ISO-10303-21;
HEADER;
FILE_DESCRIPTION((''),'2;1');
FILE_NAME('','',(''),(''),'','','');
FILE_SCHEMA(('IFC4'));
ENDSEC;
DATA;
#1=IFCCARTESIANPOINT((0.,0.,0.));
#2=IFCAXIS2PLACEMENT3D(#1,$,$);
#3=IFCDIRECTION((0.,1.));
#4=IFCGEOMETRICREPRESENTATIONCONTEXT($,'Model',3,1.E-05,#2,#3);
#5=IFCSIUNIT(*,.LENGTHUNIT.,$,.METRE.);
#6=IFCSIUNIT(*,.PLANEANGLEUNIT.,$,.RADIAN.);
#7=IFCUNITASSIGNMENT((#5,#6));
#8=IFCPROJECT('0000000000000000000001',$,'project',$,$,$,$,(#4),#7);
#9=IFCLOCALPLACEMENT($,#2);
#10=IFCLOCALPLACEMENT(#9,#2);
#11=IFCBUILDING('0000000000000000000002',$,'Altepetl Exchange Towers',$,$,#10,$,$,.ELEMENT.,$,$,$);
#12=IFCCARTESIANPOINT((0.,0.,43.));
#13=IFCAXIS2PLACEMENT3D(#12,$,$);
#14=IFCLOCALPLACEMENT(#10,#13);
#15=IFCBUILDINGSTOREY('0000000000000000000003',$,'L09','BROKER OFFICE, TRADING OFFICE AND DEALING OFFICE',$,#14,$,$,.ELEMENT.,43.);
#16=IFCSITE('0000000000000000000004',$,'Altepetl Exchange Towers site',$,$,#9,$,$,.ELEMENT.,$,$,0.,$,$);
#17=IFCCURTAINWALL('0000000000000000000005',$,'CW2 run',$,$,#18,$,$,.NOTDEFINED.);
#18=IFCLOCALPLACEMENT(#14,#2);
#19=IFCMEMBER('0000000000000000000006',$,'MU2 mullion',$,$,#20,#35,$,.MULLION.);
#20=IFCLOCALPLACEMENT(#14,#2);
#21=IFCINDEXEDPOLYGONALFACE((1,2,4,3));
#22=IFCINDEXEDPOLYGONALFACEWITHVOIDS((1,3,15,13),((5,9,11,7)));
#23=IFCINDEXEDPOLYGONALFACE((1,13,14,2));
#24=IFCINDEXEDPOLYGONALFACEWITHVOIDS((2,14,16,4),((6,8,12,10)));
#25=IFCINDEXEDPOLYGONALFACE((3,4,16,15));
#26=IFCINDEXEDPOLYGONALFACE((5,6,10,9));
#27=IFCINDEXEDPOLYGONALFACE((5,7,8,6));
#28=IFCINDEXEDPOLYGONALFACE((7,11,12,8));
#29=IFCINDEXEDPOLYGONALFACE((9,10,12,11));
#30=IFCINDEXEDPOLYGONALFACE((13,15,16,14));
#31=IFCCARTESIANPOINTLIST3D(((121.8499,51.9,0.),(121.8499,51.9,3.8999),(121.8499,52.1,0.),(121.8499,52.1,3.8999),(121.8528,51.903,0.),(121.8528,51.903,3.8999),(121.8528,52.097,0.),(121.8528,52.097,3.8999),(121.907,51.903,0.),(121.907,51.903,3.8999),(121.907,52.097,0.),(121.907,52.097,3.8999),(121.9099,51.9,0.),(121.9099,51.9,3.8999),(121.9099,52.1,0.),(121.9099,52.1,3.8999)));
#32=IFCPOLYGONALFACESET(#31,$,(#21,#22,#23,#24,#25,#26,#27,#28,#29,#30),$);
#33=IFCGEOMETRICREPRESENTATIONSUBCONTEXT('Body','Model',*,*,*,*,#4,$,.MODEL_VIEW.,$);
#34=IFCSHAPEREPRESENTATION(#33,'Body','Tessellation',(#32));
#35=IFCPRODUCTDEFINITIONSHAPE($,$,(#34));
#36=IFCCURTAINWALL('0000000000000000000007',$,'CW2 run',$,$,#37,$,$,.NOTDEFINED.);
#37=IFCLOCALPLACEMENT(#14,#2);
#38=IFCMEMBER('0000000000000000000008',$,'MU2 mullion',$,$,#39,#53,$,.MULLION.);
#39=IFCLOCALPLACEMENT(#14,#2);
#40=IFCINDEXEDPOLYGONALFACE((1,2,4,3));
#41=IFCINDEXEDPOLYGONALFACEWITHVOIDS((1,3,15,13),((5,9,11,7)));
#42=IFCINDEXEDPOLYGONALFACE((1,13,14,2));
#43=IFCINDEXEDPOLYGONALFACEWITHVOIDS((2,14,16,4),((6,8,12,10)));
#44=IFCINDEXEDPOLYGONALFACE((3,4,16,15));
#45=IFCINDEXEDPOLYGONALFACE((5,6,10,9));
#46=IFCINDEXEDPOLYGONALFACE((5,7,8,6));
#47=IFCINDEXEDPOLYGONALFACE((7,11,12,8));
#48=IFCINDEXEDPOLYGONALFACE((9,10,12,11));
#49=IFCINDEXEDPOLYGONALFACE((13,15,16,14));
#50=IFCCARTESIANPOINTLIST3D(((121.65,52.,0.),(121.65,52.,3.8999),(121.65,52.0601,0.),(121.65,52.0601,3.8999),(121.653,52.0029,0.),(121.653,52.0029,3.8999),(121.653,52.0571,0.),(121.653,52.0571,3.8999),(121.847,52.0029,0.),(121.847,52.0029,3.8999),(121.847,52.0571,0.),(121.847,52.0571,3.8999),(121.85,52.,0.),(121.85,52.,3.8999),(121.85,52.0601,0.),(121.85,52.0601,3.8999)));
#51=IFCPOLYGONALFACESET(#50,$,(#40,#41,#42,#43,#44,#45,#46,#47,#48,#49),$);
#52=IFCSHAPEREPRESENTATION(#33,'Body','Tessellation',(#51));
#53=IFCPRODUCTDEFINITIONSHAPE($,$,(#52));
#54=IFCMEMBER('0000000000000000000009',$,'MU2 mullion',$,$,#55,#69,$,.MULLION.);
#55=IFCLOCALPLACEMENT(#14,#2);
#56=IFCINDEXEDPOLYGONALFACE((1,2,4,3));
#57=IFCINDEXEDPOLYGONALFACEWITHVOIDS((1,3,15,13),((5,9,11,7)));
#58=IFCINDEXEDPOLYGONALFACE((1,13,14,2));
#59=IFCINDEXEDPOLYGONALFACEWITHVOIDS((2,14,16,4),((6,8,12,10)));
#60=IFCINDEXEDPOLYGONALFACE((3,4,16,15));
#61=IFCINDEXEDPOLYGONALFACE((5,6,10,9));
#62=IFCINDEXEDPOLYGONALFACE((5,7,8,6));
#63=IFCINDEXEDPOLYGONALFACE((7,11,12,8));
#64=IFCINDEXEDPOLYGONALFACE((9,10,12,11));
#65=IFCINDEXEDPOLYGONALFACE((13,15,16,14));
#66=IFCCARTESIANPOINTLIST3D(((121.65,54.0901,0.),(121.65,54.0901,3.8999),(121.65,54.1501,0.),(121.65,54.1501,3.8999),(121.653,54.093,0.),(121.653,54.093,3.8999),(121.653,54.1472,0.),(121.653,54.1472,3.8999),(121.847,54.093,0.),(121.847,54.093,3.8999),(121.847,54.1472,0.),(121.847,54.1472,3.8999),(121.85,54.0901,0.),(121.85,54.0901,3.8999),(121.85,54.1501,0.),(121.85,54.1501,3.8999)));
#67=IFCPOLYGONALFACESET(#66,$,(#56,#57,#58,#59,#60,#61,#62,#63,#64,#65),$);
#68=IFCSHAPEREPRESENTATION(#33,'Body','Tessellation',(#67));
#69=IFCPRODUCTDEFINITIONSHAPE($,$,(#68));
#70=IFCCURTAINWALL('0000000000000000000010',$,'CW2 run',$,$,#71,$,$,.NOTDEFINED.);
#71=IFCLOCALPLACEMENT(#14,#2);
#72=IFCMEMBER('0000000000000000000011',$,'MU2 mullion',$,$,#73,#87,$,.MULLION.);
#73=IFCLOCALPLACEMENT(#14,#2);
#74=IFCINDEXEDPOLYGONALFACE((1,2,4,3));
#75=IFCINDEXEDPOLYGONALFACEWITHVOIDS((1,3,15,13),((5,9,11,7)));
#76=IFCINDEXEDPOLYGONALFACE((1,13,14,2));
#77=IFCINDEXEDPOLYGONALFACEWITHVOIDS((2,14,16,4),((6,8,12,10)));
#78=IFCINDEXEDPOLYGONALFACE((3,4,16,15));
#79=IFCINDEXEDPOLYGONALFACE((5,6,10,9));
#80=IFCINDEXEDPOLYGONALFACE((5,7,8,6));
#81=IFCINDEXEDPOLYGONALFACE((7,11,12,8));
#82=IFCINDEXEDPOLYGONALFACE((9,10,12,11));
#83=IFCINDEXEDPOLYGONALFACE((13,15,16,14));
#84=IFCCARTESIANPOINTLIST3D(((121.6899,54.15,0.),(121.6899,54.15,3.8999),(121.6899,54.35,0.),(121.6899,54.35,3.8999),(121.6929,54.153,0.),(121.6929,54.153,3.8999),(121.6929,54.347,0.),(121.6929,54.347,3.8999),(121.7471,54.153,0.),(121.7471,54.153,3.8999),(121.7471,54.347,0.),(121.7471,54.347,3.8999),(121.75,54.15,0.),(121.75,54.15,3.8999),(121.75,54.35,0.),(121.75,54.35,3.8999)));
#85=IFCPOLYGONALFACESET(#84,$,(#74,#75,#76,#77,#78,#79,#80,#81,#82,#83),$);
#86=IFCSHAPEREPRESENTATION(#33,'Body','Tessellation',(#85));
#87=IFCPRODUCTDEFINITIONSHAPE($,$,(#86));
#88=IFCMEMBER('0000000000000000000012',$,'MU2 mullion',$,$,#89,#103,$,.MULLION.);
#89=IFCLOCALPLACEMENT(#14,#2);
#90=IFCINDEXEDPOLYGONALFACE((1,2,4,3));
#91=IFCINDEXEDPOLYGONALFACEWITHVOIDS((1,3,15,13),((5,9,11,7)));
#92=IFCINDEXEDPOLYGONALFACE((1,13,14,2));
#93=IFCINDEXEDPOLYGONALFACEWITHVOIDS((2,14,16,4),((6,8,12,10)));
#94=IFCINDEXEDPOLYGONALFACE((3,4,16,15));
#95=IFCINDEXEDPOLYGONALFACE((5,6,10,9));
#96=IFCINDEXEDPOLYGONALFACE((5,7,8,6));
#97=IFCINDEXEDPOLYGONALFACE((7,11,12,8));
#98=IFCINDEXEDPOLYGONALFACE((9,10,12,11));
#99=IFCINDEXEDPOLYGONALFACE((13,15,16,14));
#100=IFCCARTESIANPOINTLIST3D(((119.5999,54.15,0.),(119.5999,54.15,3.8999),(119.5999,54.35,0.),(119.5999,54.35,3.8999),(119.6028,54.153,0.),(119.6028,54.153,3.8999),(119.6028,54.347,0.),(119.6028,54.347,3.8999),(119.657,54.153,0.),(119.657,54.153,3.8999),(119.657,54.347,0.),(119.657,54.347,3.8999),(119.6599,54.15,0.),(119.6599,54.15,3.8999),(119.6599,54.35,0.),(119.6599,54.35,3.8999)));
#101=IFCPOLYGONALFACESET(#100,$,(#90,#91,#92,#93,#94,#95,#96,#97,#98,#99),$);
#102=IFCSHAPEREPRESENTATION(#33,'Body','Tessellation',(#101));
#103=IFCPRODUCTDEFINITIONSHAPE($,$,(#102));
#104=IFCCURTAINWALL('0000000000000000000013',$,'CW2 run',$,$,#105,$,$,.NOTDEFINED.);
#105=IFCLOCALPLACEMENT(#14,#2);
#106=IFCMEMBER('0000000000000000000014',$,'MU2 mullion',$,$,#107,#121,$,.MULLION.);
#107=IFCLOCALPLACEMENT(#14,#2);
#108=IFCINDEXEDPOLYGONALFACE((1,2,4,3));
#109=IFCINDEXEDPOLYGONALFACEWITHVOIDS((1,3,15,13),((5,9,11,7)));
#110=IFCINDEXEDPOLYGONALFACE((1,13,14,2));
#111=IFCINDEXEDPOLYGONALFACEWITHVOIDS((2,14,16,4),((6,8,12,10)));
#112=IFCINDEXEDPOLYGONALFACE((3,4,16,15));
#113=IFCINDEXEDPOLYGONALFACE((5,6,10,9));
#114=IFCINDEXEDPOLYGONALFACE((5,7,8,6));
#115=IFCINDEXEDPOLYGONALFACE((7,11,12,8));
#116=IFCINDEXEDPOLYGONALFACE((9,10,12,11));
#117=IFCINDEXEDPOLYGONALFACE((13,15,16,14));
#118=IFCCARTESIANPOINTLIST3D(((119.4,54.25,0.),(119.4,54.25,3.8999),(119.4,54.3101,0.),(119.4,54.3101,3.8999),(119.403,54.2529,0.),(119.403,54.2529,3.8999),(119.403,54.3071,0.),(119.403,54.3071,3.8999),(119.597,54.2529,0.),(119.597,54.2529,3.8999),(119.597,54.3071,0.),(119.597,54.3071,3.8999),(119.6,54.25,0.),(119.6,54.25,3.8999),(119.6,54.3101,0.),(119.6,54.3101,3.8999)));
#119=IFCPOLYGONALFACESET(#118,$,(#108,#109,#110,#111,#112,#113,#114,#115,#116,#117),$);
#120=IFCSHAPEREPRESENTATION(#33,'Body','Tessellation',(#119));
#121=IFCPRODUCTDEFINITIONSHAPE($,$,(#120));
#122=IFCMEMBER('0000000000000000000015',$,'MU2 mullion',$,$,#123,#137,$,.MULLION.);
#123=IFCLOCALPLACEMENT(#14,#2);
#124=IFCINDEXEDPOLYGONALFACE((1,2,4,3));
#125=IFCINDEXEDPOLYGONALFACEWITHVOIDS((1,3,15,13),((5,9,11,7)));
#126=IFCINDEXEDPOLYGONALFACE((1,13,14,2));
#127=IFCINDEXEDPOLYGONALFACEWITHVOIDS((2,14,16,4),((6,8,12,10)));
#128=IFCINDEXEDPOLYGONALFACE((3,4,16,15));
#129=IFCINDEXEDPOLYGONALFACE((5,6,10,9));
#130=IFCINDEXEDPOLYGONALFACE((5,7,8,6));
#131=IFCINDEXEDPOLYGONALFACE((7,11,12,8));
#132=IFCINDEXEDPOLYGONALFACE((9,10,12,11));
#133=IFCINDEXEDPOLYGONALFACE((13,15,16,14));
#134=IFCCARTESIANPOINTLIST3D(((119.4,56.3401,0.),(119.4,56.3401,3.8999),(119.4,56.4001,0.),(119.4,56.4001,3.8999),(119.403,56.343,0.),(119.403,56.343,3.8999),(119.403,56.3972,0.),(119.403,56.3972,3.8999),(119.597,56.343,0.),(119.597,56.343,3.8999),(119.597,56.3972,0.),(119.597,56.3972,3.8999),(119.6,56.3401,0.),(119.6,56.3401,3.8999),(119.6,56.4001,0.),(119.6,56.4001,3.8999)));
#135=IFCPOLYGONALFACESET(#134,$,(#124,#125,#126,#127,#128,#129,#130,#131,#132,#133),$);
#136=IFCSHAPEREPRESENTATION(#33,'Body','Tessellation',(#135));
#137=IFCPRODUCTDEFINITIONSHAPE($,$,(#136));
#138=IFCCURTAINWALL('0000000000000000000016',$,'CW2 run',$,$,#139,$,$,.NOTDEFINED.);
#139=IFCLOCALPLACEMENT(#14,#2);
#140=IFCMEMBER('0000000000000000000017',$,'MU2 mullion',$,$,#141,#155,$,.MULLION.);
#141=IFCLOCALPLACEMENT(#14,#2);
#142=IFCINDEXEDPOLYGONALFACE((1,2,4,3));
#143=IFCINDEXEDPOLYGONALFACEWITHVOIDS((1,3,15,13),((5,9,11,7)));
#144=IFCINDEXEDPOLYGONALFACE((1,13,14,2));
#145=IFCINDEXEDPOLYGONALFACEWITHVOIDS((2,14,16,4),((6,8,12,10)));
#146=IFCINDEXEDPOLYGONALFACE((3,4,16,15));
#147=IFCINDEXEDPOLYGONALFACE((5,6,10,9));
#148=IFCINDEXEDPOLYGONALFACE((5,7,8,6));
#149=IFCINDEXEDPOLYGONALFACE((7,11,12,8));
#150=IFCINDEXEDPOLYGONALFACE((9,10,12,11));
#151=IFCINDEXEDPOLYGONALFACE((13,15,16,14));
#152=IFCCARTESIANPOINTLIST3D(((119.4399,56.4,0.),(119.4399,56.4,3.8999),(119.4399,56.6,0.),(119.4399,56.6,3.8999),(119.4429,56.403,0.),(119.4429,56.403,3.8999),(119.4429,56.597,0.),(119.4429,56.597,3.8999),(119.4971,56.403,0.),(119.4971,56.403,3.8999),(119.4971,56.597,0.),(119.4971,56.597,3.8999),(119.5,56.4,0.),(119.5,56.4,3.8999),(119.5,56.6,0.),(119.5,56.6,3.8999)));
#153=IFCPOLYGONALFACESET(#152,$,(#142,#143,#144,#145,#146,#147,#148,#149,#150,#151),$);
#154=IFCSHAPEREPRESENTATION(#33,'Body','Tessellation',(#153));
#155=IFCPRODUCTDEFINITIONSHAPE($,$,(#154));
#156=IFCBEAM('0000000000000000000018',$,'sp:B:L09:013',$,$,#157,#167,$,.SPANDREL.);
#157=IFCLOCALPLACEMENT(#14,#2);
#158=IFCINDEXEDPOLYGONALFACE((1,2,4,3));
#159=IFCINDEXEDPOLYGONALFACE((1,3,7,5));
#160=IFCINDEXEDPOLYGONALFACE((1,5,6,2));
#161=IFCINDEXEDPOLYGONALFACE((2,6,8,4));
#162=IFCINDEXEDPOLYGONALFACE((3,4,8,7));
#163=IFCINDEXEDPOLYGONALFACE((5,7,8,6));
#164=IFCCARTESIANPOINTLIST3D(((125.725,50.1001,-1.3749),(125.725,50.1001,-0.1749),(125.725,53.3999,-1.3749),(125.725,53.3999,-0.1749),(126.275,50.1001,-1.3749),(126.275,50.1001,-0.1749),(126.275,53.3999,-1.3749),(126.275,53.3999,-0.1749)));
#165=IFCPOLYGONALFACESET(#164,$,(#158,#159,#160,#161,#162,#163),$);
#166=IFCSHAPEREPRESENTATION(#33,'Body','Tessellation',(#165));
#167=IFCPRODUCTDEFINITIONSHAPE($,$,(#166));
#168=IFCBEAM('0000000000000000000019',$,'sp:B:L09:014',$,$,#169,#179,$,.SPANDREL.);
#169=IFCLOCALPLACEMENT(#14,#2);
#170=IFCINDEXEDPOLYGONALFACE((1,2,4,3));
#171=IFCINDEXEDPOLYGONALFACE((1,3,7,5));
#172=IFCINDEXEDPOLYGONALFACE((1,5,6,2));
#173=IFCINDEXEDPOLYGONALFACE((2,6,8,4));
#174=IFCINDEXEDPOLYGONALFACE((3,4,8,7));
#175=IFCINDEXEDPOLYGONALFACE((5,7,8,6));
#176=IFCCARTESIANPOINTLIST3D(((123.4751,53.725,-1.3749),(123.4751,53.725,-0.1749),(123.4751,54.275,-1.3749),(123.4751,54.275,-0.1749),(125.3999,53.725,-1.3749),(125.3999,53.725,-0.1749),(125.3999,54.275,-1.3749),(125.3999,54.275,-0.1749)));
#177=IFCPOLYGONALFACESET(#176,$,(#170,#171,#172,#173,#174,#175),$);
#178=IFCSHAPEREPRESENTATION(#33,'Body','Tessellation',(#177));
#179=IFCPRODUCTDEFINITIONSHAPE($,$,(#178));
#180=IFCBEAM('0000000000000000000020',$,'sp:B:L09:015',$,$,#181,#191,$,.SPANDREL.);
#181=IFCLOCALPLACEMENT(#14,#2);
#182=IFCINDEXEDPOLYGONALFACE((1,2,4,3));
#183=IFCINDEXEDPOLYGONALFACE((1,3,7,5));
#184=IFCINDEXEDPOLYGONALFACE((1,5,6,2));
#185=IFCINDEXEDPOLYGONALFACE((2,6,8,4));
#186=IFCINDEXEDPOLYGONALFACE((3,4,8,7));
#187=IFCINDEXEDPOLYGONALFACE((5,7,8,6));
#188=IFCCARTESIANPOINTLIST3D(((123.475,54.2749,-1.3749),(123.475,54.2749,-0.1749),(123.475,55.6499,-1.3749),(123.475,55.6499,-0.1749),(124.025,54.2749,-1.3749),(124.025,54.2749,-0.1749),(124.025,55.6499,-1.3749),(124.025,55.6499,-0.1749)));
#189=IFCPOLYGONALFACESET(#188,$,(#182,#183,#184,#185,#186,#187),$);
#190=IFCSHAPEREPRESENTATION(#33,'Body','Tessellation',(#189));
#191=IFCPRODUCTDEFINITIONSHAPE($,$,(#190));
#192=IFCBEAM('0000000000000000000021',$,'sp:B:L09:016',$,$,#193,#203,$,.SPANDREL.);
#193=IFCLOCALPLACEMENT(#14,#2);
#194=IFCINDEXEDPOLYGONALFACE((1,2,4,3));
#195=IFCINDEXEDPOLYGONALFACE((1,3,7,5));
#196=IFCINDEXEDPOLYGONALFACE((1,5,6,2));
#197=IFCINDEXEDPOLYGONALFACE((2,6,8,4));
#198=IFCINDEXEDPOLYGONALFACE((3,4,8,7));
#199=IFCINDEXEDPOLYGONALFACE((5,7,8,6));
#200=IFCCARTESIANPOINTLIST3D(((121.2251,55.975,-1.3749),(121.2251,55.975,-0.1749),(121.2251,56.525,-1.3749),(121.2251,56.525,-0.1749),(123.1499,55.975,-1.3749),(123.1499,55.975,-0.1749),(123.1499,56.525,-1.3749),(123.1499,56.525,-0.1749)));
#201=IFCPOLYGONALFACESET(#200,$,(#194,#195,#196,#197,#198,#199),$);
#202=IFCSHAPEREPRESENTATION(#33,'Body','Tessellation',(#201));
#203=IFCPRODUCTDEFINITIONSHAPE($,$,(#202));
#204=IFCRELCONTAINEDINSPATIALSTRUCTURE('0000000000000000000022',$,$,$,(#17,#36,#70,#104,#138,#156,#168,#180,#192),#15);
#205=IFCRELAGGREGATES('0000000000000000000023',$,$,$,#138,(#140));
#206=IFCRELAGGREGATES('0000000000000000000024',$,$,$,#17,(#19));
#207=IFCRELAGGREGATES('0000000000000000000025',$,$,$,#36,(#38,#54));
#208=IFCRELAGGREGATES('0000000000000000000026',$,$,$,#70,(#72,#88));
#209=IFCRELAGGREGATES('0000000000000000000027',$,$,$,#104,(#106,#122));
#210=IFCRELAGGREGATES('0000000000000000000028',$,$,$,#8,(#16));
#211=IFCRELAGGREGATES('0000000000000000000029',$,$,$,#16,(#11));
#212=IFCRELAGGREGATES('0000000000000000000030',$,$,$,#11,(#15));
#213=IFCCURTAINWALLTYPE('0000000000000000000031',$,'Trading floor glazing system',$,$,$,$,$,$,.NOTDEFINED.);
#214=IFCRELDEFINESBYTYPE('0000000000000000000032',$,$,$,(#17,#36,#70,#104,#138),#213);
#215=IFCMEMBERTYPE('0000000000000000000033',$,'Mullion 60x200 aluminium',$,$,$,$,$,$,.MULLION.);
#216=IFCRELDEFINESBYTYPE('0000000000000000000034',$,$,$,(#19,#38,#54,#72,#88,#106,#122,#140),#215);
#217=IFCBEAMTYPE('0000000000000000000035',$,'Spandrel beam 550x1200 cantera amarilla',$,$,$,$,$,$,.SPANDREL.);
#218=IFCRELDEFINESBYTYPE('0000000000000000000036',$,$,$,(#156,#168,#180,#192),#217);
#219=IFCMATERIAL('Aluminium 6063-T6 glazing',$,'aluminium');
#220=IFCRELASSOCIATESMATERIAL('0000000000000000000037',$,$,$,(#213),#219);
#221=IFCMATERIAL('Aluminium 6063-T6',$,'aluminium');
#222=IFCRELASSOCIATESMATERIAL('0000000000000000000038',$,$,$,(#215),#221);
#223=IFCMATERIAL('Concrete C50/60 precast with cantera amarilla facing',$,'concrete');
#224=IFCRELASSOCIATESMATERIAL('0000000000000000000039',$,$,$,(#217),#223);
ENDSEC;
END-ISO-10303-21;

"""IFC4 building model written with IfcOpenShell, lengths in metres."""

from ifc_helpers import new_model, si_unit, direction, frame, origin, origin_2d, place, context, subcontext, project, spatial, rectangle, hollow_rectangle, extrude, material, material_profile, profile_set, type_object, element, aggregate, save


model = new_model("IFC4")

# Units and contexts
model_context = context("Model", 3, precision=1e-05, world=origin(), true_north=direction((0.0, 1.0)))
body_context = subcontext(model_context, "Body", "Model", "MODEL_VIEW")
ifc_project = project(units=[si_unit("LENGTHUNIT", "METRE"), si_unit("PLANEANGLEUNIT", "RADIAN")], contexts=[model_context])

# Site, building, storey
site_placement = place(None, origin())
site = spatial("IfcSite", under=ifc_project, at=site_placement, Name="Altepetl Exchange Towers site", CompositionType="ELEMENT", RefElevation=0.0)
building_placement = place(site_placement, origin())
building = spatial("IfcBuilding", under=site, at=building_placement, Name="Altepetl Exchange Towers", CompositionType="ELEMENT")
storey_placement = place(building_placement, frame((0.0, 0.0, 43.0)))
storey = spatial("IfcBuildingStorey", under=building, at=storey_placement, Name="L09", Description="BROKER OFFICE, TRADING OFFICE AND DEALING OFFICE", CompositionType="ELEMENT", Elevation=43.0)

# Curtain walls, members
ifc_material_1 = material(Name="Aluminium 6063-T6 glazing", Category="aluminium")
curtain_wall_type = type_object("IfcCurtainWallType", Name="Trading floor glazing system", PredefinedType="NOTDEFINED", material=ifc_material_1)
ifc_material_2 = material(Name="Aluminium 6063-T6", Category="aluminium")
ifc_material_profile_1 = material_profile(ifc_material_2, hollow_rectangle(XDim=0.0601, YDim=0.2, WallThickness=0.0029, at=origin_2d()), Name="Mullion 60x200 aluminium")
ifc_profile_set_1 = profile_set([ifc_material_profile_1], Name="Aluminium 6063-T6")
member_type = type_object("IfcMemberType", Name="Mullion 60x200 aluminium", PredefinedType="MULLION", material=ifc_profile_set_1)
curtain_wall_1_placement = place(storey_placement, origin())
curtain_wall_1 = element("IfcCurtainWall", 1, at=curtain_wall_1_placement, inside=storey, type_object=curtain_wall_type, Name="CW2 run", PredefinedType="NOTDEFINED")
member_1_placement = place(storey_placement, frame((121.8799, 52.0, 0.0), z_axis=(0.0, 0.0, 1.0), x_axis=(-1.0, 0.0, 0.0)))
member_1 = element("IfcMember", 2, at=member_1_placement, type_object=member_type, Name="MU2 mullion", PredefinedType="MULLION", context=body_context, shape_type="SweptSolid", body=[
    extrude(hollow_rectangle(XDim=0.0601, YDim=0.2, WallThickness=0.0029, at=origin_2d()), origin(), (0.0, 0.0, 1.0), 3.8999),
])
curtain_wall_2_placement = place(storey_placement, origin())
curtain_wall_2 = element("IfcCurtainWall", 3, at=curtain_wall_2_placement, inside=storey, type_object=curtain_wall_type, Name="CW2 run", PredefinedType="NOTDEFINED")
member_2_placement = place(storey_placement, frame((121.75, 52.03, 0.0), z_axis=(0.0, 0.0, 1.0), x_axis=(0.0, 1.0, 0.0)))
member_2 = element("IfcMember", 4, at=member_2_placement, type_object=member_type, Name="MU2 mullion", PredefinedType="MULLION", context=body_context, shape_type="SweptSolid", body=[
    extrude(hollow_rectangle(XDim=0.0601, YDim=0.2, WallThickness=0.0029, at=origin_2d()), origin(), (0.0, 0.0, 1.0), 3.8999),
])
member_3_placement = place(storey_placement, frame((121.75, 54.1201, 0.0), z_axis=(0.0, 0.0, 1.0), x_axis=(0.0, 1.0, 0.0)))
member_3 = element("IfcMember", 5, at=member_3_placement, type_object=member_type, Name="MU2 mullion", PredefinedType="MULLION", context=body_context, shape_type="SweptSolid", body=[
    extrude(hollow_rectangle(XDim=0.0601, YDim=0.2, WallThickness=0.0029, at=origin_2d()), origin(), (0.0, 0.0, 1.0), 3.8999),
])
curtain_wall_3_placement = place(storey_placement, origin())
curtain_wall_3 = element("IfcCurtainWall", 6, at=curtain_wall_3_placement, inside=storey, type_object=curtain_wall_type, Name="CW2 run", PredefinedType="NOTDEFINED")
member_4_placement = place(storey_placement, frame((121.72, 54.25, 0.0), z_axis=(0.0, 0.0, 1.0), x_axis=(-1.0, 0.0, 0.0)))
member_4 = element("IfcMember", 7, at=member_4_placement, type_object=member_type, Name="MU2 mullion", PredefinedType="MULLION", context=body_context, shape_type="SweptSolid", body=[
    extrude(hollow_rectangle(XDim=0.0601, YDim=0.2, WallThickness=0.0029, at=origin_2d()), origin(), (0.0, 0.0, 1.0), 3.8999),
])
member_5_placement = place(storey_placement, frame((119.6299, 54.25, 0.0), z_axis=(0.0, 0.0, 1.0), x_axis=(-1.0, 0.0, 0.0)))
member_5 = element("IfcMember", 8, at=member_5_placement, type_object=member_type, Name="MU2 mullion", PredefinedType="MULLION", context=body_context, shape_type="SweptSolid", body=[
    extrude(hollow_rectangle(XDim=0.0601, YDim=0.2, WallThickness=0.0029, at=origin_2d()), origin(), (0.0, 0.0, 1.0), 3.8999),
])
curtain_wall_4_placement = place(storey_placement, origin())
curtain_wall_4 = element("IfcCurtainWall", 9, at=curtain_wall_4_placement, inside=storey, type_object=curtain_wall_type, Name="CW2 run", PredefinedType="NOTDEFINED")
member_6_placement = place(storey_placement, frame((119.5, 54.28, 0.0), z_axis=(0.0, 0.0, 1.0), x_axis=(0.0, 1.0, 0.0)))
member_6 = element("IfcMember", 10, at=member_6_placement, type_object=member_type, Name="MU2 mullion", PredefinedType="MULLION", context=body_context, shape_type="SweptSolid", body=[
    extrude(hollow_rectangle(XDim=0.0601, YDim=0.2, WallThickness=0.0029, at=origin_2d()), origin(), (0.0, 0.0, 1.0), 3.8999),
])
member_7_placement = place(storey_placement, frame((119.5, 56.3701, 0.0), z_axis=(0.0, 0.0, 1.0), x_axis=(0.0, 1.0, 0.0)))
member_7 = element("IfcMember", 11, at=member_7_placement, type_object=member_type, Name="MU2 mullion", PredefinedType="MULLION", context=body_context, shape_type="SweptSolid", body=[
    extrude(hollow_rectangle(XDim=0.0601, YDim=0.2, WallThickness=0.0029, at=origin_2d()), origin(), (0.0, 0.0, 1.0), 3.8999),
])

# Curtain wall, member
curtain_wall_5_placement = place(storey_placement, origin())
curtain_wall_5 = element("IfcCurtainWall", 12, at=curtain_wall_5_placement, inside=storey, type_object=curtain_wall_type, Name="CW2 run", PredefinedType="NOTDEFINED")
member_8_placement = place(storey_placement, frame((119.47, 56.5, 0.0), z_axis=(0.0, 0.0, 1.0), x_axis=(-1.0, 0.0, 0.0)))
member_8 = element("IfcMember", 13, at=member_8_placement, type_object=member_type, Name="MU2 mullion", PredefinedType="MULLION", context=body_context, shape_type="SweptSolid", body=[
    extrude(hollow_rectangle(XDim=0.0601, YDim=0.2, WallThickness=0.0029, at=origin_2d()), origin(), (0.0, 0.0, 1.0), 3.8999),
])
aggregate(curtain_wall_5, [member_8])

# Beams
ifc_material_3 = material(Name="Concrete C50/60 precast with cantera amarilla facing", Category="concrete")
ifc_material_profile_2 = material_profile(ifc_material_3, rectangle(XDim=0.55, YDim=1.2, at=origin_2d()), Name="550 x 1200")
ifc_profile_set_2 = profile_set([ifc_material_profile_2], Name="Concrete C50/60 precast with cantera amarilla facing")
beam_type_1 = type_object("IfcBeamType", Name="Spandrel beam 550x1200 cantera amarilla", PredefinedType="SPANDREL", material=ifc_profile_set_2)
beam_1_placement = place(storey_placement, frame((126.0, 50.1001, -0.7749), z_axis=(0.0, 1.0, 0.0), x_axis=(-1.0, 0.0, 0.0)))
element("IfcBeam", 14, at=beam_1_placement, inside=storey, type_object=beam_type_1, Name="sp:B:L09:013", PredefinedType="SPANDREL", context=body_context, shape_type="SweptSolid", body=[
    extrude(rectangle(XDim=0.55, YDim=1.2, at=origin_2d()), origin(), (0.0, 0.0, 1.0), 3.2998),
])
beam_2_placement = place(storey_placement, frame((125.3999, 54.0, -0.7749), z_axis=(-1.0, 0.0, 0.0), x_axis=(0.0, -1.0, 0.0)))
element("IfcBeam", 15, at=beam_2_placement, inside=storey, type_object=beam_type_1, Name="sp:B:L09:014", PredefinedType="SPANDREL", context=body_context, shape_type="SweptSolid", body=[
    extrude(rectangle(XDim=0.55, YDim=1.2, at=origin_2d()), origin(), (0.0, 0.0, 1.0), 1.9248),
])
beam_3_placement = place(storey_placement, frame((123.75, 54.2749, -0.7749), z_axis=(0.0, 1.0, 0.0), x_axis=(-1.0, 0.0, 0.0)))
element("IfcBeam", 16, at=beam_3_placement, inside=storey, type_object=beam_type_1, Name="sp:B:L09:015", PredefinedType="SPANDREL", context=body_context, shape_type="SweptSolid", body=[
    extrude(rectangle(XDim=0.55, YDim=1.2, at=origin_2d()), origin(), (0.0, 0.0, 1.0), 1.375),
])
beam_4_placement = place(storey_placement, frame((123.1499, 56.25, -0.7749), z_axis=(-1.0, 0.0, 0.0), x_axis=(0.0, -1.0, 0.0)))
element("IfcBeam", 17, at=beam_4_placement, inside=storey, type_object=beam_type_1, Name="sp:B:L09:016", PredefinedType="SPANDREL", context=body_context, shape_type="SweptSolid", body=[
    extrude(rectangle(XDim=0.55, YDim=1.2, at=origin_2d()), origin(), (0.0, 0.0, 1.0), 1.9248),
])

aggregate(curtain_wall_1, [member_1])
aggregate(curtain_wall_2, [member_2, member_3])
aggregate(curtain_wall_3, [member_4, member_5])
aggregate(curtain_wall_4, [member_6, member_7])

save(model, "model.ifc")
